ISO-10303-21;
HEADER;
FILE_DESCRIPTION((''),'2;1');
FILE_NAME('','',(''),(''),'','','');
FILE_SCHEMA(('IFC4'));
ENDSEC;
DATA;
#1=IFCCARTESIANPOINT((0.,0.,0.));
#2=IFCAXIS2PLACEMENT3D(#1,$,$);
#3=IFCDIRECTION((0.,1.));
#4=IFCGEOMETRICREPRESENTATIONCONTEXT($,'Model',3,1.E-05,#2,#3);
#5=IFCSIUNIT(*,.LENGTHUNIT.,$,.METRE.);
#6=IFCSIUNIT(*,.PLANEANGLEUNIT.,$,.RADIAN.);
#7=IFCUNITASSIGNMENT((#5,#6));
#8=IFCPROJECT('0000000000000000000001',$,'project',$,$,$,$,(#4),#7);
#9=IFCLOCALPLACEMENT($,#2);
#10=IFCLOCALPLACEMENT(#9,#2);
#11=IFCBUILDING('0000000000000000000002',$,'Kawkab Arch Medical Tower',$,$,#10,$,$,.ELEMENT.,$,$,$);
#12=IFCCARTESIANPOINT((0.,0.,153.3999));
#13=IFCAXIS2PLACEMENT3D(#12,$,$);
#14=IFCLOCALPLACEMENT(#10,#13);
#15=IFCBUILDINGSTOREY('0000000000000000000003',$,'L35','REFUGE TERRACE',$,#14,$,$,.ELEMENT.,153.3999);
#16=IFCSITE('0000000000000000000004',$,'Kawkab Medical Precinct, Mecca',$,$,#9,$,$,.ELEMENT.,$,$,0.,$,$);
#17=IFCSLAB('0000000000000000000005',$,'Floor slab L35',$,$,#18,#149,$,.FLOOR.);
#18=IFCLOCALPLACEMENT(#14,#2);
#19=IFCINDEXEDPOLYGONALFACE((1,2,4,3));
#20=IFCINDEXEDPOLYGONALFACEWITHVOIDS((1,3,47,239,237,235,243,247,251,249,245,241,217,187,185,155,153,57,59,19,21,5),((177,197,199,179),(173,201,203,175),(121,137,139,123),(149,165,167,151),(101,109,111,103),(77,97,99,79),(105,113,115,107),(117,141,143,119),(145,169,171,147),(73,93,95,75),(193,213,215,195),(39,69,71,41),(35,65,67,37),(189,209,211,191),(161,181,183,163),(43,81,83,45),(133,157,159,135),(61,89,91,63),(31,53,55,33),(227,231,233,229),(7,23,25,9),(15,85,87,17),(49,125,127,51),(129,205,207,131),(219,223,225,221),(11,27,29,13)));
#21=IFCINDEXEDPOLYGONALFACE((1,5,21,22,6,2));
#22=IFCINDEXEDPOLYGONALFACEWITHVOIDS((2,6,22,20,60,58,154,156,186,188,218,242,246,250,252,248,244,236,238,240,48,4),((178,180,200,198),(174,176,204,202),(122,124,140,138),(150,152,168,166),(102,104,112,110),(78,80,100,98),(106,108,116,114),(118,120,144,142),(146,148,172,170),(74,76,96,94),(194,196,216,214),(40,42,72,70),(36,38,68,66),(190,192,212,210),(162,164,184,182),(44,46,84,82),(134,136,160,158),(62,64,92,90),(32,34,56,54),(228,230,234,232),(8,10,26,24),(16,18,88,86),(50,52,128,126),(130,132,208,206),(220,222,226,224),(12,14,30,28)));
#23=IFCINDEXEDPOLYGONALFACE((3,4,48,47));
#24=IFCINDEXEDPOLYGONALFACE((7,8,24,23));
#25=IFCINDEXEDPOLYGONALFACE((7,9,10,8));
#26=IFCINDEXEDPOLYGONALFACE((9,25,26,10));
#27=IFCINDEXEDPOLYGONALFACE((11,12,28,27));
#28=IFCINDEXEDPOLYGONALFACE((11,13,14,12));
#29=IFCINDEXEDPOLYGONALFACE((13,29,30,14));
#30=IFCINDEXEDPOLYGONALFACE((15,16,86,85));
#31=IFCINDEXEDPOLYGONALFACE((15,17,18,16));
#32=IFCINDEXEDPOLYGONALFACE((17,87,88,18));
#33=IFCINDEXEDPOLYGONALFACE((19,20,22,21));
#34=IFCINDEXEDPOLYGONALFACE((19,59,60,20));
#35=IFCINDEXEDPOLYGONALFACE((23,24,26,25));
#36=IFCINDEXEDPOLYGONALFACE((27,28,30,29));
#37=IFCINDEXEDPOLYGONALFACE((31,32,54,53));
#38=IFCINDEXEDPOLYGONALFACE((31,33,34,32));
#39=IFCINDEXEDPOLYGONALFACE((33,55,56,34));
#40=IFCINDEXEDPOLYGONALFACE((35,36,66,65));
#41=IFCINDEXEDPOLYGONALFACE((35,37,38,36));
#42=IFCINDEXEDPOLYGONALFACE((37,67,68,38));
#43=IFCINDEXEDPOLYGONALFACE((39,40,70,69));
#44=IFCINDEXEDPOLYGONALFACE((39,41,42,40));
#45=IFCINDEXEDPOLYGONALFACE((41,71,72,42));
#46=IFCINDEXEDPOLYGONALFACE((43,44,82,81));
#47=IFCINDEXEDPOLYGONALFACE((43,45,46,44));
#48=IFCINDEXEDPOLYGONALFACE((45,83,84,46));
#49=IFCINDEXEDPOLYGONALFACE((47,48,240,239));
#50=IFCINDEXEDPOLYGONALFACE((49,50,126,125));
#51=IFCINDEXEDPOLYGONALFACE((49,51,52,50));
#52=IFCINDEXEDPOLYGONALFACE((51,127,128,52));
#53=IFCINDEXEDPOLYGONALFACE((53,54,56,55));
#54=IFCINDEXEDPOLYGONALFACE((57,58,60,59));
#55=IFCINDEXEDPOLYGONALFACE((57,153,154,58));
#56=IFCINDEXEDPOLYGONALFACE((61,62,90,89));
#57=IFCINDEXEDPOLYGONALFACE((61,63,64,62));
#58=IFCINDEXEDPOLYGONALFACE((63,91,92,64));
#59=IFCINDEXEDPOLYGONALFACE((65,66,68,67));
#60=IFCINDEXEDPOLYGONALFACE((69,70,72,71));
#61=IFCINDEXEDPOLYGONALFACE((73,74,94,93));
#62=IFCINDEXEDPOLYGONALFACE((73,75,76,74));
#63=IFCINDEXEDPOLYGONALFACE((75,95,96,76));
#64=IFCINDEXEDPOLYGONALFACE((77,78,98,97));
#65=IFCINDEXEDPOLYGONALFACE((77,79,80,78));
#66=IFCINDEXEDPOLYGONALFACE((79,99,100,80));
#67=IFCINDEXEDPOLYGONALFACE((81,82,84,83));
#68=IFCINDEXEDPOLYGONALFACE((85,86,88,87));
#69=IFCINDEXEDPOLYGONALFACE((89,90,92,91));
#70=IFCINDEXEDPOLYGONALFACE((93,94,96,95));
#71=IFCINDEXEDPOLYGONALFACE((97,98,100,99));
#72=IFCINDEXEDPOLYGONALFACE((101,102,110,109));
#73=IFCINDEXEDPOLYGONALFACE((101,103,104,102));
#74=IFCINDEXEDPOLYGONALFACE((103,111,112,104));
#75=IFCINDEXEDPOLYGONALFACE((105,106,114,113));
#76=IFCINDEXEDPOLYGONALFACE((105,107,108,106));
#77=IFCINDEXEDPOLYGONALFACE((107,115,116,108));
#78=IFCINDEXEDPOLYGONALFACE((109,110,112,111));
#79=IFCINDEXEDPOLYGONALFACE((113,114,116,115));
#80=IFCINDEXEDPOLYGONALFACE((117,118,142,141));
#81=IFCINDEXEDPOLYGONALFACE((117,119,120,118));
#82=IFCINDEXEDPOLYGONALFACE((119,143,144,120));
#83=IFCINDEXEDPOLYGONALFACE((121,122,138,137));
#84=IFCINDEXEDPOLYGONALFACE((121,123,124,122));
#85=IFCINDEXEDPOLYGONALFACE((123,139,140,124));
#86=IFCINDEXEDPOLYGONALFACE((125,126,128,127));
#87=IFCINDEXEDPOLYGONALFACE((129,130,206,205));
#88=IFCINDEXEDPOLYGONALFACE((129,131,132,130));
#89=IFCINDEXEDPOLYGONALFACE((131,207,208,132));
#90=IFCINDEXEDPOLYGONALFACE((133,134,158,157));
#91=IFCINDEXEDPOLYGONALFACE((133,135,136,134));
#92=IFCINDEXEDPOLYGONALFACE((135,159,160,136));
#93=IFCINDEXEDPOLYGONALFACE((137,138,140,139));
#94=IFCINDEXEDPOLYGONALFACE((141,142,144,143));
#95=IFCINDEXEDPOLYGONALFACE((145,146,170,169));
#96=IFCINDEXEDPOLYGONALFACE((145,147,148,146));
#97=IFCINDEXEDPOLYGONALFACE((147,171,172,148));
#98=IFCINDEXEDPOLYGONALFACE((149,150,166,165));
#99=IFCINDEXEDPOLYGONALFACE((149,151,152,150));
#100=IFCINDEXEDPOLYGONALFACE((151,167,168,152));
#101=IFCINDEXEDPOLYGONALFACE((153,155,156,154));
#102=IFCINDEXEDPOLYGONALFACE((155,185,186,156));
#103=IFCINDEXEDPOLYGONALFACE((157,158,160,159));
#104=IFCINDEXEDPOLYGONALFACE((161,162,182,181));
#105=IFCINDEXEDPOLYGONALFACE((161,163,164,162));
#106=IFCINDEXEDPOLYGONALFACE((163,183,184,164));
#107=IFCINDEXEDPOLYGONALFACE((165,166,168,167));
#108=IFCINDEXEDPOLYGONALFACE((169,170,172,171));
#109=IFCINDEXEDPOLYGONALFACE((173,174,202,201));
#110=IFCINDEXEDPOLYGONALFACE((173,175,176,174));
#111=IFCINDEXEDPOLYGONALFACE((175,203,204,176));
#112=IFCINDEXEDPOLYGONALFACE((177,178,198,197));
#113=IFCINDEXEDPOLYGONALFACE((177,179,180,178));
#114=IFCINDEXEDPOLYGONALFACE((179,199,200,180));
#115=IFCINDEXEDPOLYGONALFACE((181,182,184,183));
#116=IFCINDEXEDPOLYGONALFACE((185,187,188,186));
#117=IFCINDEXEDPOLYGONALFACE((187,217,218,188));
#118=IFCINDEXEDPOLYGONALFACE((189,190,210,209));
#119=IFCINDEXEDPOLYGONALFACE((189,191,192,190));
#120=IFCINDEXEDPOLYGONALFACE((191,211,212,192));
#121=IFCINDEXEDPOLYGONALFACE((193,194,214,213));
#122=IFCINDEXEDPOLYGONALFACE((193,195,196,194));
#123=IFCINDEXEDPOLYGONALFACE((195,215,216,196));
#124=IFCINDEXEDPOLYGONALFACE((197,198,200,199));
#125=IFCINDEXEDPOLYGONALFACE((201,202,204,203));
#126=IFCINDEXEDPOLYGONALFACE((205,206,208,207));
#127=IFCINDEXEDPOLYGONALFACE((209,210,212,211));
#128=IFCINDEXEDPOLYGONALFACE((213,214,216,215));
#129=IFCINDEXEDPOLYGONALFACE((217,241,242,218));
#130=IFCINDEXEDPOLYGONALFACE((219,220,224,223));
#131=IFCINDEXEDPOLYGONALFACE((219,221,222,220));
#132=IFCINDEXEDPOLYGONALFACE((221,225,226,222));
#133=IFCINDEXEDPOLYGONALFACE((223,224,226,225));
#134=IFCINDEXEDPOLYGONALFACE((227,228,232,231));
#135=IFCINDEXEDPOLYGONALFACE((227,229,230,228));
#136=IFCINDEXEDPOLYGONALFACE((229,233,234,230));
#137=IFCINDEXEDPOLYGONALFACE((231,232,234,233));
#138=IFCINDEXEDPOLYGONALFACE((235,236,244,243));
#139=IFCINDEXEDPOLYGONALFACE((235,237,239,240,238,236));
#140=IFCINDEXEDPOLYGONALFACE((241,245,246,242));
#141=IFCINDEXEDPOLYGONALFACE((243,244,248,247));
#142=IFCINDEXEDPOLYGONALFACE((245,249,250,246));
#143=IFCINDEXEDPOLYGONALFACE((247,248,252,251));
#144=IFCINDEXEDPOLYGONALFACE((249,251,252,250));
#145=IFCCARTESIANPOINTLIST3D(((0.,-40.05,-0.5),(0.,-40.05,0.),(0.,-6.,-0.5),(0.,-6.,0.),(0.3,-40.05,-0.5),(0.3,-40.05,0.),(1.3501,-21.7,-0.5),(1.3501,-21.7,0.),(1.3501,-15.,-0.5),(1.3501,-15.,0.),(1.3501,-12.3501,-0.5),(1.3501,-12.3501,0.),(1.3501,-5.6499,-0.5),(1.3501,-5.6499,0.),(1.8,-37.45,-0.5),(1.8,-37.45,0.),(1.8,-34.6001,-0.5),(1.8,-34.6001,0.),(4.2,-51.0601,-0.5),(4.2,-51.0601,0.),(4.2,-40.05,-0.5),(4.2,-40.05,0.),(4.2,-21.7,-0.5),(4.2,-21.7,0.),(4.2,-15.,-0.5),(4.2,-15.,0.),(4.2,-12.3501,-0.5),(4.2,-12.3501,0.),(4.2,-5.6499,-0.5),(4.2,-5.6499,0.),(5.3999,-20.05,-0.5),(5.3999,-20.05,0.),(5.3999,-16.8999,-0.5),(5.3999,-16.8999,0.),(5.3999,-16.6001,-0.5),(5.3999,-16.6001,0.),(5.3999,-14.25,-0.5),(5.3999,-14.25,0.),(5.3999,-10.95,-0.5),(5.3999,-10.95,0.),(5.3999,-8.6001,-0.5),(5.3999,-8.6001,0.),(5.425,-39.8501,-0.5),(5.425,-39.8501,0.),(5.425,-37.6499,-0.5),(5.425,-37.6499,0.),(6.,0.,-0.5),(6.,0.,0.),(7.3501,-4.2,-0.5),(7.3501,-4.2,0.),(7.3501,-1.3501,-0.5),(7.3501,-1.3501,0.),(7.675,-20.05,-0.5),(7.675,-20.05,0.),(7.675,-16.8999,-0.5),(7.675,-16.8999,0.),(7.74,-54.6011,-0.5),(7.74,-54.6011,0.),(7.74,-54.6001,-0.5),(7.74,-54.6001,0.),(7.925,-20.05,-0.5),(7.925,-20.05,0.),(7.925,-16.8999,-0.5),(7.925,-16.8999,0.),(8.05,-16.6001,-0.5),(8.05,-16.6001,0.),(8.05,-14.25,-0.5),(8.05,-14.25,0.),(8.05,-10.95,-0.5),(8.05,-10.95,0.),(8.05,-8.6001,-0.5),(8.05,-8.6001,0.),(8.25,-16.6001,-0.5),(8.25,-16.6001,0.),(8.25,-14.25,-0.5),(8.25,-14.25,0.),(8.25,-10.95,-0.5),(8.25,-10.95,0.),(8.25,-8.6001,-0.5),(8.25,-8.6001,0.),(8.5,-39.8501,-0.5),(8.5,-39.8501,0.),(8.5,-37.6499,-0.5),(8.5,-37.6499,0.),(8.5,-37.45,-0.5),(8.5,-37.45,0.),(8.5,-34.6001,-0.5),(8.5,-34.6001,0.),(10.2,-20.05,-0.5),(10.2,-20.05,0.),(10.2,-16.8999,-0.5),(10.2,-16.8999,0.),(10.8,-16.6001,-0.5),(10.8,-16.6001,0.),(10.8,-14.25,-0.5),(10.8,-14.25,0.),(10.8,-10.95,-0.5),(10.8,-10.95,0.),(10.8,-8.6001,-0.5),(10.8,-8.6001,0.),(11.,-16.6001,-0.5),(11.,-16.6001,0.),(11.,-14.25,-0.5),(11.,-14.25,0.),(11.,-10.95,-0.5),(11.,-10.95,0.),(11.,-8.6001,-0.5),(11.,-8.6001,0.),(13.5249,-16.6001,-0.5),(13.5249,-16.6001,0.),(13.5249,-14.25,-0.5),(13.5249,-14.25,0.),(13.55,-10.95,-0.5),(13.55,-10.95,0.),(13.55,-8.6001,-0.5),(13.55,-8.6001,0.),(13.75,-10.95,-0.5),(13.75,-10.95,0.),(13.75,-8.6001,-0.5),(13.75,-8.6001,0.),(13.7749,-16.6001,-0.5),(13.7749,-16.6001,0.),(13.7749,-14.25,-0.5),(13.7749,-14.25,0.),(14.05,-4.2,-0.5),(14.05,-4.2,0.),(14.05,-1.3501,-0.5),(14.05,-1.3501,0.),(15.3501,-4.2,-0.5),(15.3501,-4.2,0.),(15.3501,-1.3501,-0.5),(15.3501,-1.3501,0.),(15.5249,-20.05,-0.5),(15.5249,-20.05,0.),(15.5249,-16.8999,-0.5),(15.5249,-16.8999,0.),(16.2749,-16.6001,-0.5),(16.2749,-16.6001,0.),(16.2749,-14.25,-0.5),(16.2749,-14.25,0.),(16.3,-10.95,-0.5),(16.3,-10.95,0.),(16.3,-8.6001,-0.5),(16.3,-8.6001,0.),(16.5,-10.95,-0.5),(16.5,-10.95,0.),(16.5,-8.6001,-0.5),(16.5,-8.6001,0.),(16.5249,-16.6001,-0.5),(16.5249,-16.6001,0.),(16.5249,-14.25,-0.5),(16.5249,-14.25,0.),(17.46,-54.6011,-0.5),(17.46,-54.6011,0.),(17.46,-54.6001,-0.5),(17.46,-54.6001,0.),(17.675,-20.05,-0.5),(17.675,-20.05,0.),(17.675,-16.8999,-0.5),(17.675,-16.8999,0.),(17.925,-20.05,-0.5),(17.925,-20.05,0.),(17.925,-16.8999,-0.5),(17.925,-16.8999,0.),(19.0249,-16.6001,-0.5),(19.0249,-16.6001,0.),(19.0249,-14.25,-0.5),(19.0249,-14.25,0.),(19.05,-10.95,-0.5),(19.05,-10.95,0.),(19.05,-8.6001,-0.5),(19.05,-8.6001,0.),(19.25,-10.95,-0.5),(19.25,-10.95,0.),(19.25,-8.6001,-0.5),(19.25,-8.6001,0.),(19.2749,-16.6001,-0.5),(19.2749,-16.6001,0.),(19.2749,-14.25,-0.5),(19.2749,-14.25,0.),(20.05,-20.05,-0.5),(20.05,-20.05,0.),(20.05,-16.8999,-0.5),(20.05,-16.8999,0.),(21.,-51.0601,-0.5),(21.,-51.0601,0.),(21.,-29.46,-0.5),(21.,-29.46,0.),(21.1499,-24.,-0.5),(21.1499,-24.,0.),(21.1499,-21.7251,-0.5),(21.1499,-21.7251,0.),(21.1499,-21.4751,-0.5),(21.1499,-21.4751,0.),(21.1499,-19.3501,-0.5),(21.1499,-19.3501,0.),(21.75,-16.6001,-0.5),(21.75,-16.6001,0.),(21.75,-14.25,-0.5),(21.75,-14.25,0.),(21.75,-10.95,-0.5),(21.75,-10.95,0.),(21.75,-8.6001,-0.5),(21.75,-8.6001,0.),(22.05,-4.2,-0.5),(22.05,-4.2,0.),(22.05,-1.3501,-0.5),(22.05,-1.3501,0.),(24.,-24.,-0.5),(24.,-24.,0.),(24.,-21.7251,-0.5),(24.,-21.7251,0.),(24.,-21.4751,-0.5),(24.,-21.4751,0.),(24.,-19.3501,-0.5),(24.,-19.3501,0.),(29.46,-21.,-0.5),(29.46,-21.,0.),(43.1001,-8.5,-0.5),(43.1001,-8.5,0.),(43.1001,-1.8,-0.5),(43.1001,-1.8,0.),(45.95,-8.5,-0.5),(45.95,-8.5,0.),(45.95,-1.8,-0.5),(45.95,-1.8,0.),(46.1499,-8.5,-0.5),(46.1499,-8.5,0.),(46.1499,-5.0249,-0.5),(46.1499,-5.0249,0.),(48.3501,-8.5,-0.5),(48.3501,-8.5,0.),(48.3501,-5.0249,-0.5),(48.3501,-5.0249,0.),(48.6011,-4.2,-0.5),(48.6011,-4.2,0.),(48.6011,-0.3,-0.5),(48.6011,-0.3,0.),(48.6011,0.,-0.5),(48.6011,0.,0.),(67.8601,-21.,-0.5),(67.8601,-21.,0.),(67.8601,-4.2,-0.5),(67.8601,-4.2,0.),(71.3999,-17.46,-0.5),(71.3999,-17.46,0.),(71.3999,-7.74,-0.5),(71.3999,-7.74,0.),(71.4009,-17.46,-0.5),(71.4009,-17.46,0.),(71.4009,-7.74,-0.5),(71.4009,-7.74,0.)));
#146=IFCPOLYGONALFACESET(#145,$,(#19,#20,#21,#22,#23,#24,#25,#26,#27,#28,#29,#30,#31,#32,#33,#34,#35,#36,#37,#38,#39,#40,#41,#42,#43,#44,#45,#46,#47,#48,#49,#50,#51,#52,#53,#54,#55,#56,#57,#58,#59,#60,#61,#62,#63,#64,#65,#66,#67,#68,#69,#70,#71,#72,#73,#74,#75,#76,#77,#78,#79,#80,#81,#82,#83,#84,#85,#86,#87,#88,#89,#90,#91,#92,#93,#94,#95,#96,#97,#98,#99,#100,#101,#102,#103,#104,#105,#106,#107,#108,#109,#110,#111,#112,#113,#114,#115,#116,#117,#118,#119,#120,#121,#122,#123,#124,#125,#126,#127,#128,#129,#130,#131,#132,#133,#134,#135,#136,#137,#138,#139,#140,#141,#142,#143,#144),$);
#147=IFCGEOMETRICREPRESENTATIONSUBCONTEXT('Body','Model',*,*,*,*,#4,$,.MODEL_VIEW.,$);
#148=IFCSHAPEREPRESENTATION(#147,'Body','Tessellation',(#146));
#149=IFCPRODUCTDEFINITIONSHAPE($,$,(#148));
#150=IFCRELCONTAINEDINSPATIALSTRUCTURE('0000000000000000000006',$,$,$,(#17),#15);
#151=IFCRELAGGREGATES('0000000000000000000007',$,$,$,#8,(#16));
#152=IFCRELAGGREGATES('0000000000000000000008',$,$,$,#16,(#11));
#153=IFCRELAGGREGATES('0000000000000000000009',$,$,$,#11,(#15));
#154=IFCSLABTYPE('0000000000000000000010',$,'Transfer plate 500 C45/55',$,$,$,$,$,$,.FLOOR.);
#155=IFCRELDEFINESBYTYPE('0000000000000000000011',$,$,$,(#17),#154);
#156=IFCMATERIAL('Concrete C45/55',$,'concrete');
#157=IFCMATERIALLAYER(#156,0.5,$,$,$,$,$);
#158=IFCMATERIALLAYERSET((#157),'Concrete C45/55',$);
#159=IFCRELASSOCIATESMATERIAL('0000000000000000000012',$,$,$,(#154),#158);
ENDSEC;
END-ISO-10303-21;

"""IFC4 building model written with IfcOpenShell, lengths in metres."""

from ifc_helpers import new_model, si_unit, direction, frame, origin, place, context, subcontext, project, spatial, polyline, outline, extrude, material, layer, layer_set, type_object, element, save


model = new_model("IFC4")

# Units and contexts
model_context = context("Model", 3, precision=1e-05, world=origin(), true_north=direction((0.0, 1.0)))
body_context = subcontext(model_context, "Body", "Model", "MODEL_VIEW")
ifc_project = project(units=[si_unit("LENGTHUNIT", "METRE"), si_unit("PLANEANGLEUNIT", "RADIAN")], contexts=[model_context])

# Site, building, storey
site_placement = place(None, origin())
site = spatial("IfcSite", under=ifc_project, at=site_placement, Name="Kawkab Medical Precinct, Mecca", CompositionType="ELEMENT", RefElevation=0.0)
building_placement = place(site_placement, origin())
building = spatial("IfcBuilding", under=site, at=building_placement, Name="Kawkab Arch Medical Tower", CompositionType="ELEMENT")
storey_placement = place(building_placement, frame((0.0, 0.0, 153.3999)))
storey = spatial("IfcBuildingStorey", under=building, at=storey_placement, Name="L35", Description="REFUGE TERRACE", CompositionType="ELEMENT", Elevation=153.3999)

# Slab
placement_1 = place(storey_placement, frame((0.0, 0.0, -0.5)))
ifc_material_1 = material(Name="Concrete C45/55", Category="concrete")
ifc_layer_1 = layer(ifc_material_1, 0.5)
ifc_layer_set_1 = layer_set([ifc_layer_1], Name="Concrete C45/55")
slab_type_1 = type_object("IfcSlabType", Name="Transfer plate 500 C45/55", PredefinedType="FLOOR", material=ifc_layer_set_1)
element("IfcSlab", 1, at=placement_1, inside=storey, type_object=slab_type_1, Name="Floor slab L35", PredefinedType="FLOOR", context=body_context, shape_type="SweptSolid", body=[
    extrude(outline(polyline([(48.6011, 0.0), (48.6011, -0.3), (48.6011, -4.2), (67.8601, -4.2), (71.3999, -7.74), (71.4009, -7.74), (71.4009, -17.46), (71.3999, -17.46), (67.8601, -21.0), (29.46, -21.0), (21.0, -29.46), (21.0, -51.0601), (17.46, -54.6001), (17.46, -54.6011), (7.74, -54.6011), (7.74, -54.6001), (4.2, -51.0601), (4.2, -40.05), (0.3, -40.05), (0.0, -40.05), (0.0, -6.0), (6.0, 0.0), (48.6011, 0.0)]), holes=[polyline([(5.425, -37.6499), (5.425, -39.8501), (8.5, -39.8501), (8.5, -37.6499), (5.425, -37.6499)]), polyline([(1.8, -37.45), (8.5, -37.45), (8.5, -34.6001), (1.8, -34.6001), (1.8, -37.45)]), polyline([(5.3999, -16.8999), (5.3999, -20.05), (7.675, -20.05), (7.675, -16.8999), (5.3999, -16.8999)]), polyline([(10.2, -16.8999), (7.925, -16.8999), (7.925, -20.05), (10.2, -20.05), (10.2, -16.8999)]), polyline([(4.2, -21.7), (4.2, -15.0), (1.3501, -15.0), (1.3501, -21.7), (4.2, -21.7)]), polyline([(5.3999, -14.25), (5.3999, -16.6001), (8.05, -16.6001), (8.05, -14.25), (5.3999, -14.25)]), polyline([(8.25, -14.25), (8.25, -16.6001), (10.8, -16.6001), (10.8, -14.25), (8.25, -14.25)]), polyline([(13.5249, -16.6001), (13.5249, -14.25), (11.0, -14.25), (11.0, -16.6001), (13.5249, -16.6001)]), polyline([(5.3999, -8.6001), (5.3999, -10.95), (8.05, -10.95), (8.05, -8.6001), (5.3999, -8.6001)]), polyline([(8.25, -8.6001), (8.25, -10.95), (10.8, -10.95), (10.8, -8.6001), (8.25, -8.6001)]), polyline([(13.55, -8.6001), (11.0, -8.6001), (11.0, -10.95), (13.55, -10.95), (13.55, -8.6001)]), polyline([(4.2, -12.3501), (4.2, -5.6499), (1.3501, -5.6499), (1.3501, -12.3501), (4.2, -12.3501)]), polyline([(7.3501, -4.2), (14.05, -4.2), (14.05, -1.3501), (7.3501, -1.3501), (7.3501, -4.2)]), polyline([(24.0, -21.7251), (21.1499, -21.7251), (21.1499, -24.0), (24.0, -24.0), (24.0, -21.7251)]), polyline([(24.0, -21.4751), (24.0, -19.3501), (21.1499, -19.3501), (21.1499, -21.4751), (24.0, -21.4751)]), polyline([(17.675, -16.8999), (15.5249, -16.8999), (15.5249, -20.05), (17.675, -20.05), (17.675, -16.8999)]), polyline([(17.925, -20.05), (20.05, -20.05), (20.05, -16.8999), (17.925, -16.8999), (17.925, -20.05)]), polyline([(16.2749, -16.6001), (16.2749, -14.25), (13.7749, -14.25), (13.7749, -16.6001), (16.2749, -16.6001)]), polyline([(16.5249, -14.25), (16.5249, -16.6001), (19.0249, -16.6001), (19.0249, -14.25), (16.5249, -14.25)]), polyline([(19.2749, -14.25), (19.2749, -16.6001), (21.75, -16.6001), (21.75, -14.25), (19.2749, -14.25)]), polyline([(16.3, -8.6001), (13.75, -8.6001), (13.75, -10.95), (16.3, -10.95), (16.3, -8.6001)]), polyline([(16.5, -10.95), (19.05, -10.95), (19.05, -8.6001), (16.5, -8.6001), (16.5, -10.95)]), polyline([(19.25, -8.6001), (19.25, -10.95), (21.75, -10.95), (21.75, -8.6001), (19.25, -8.6001)]), polyline([(46.1499, -5.0249), (46.1499, -8.5), (48.3501, -8.5), (48.3501, -5.0249), (46.1499, -5.0249)]), polyline([(43.1001, -1.8), (43.1001, -8.5), (45.95, -8.5), (45.95, -1.8), (43.1001, -1.8)]), polyline([(22.05, -1.3501), (15.3501, -1.3501), (15.3501, -4.2), (22.05, -4.2), (22.05, -1.3501)])]), origin(), (0.0, 0.0, 1.0), 0.5),
])

save(model, "model.ifc")
